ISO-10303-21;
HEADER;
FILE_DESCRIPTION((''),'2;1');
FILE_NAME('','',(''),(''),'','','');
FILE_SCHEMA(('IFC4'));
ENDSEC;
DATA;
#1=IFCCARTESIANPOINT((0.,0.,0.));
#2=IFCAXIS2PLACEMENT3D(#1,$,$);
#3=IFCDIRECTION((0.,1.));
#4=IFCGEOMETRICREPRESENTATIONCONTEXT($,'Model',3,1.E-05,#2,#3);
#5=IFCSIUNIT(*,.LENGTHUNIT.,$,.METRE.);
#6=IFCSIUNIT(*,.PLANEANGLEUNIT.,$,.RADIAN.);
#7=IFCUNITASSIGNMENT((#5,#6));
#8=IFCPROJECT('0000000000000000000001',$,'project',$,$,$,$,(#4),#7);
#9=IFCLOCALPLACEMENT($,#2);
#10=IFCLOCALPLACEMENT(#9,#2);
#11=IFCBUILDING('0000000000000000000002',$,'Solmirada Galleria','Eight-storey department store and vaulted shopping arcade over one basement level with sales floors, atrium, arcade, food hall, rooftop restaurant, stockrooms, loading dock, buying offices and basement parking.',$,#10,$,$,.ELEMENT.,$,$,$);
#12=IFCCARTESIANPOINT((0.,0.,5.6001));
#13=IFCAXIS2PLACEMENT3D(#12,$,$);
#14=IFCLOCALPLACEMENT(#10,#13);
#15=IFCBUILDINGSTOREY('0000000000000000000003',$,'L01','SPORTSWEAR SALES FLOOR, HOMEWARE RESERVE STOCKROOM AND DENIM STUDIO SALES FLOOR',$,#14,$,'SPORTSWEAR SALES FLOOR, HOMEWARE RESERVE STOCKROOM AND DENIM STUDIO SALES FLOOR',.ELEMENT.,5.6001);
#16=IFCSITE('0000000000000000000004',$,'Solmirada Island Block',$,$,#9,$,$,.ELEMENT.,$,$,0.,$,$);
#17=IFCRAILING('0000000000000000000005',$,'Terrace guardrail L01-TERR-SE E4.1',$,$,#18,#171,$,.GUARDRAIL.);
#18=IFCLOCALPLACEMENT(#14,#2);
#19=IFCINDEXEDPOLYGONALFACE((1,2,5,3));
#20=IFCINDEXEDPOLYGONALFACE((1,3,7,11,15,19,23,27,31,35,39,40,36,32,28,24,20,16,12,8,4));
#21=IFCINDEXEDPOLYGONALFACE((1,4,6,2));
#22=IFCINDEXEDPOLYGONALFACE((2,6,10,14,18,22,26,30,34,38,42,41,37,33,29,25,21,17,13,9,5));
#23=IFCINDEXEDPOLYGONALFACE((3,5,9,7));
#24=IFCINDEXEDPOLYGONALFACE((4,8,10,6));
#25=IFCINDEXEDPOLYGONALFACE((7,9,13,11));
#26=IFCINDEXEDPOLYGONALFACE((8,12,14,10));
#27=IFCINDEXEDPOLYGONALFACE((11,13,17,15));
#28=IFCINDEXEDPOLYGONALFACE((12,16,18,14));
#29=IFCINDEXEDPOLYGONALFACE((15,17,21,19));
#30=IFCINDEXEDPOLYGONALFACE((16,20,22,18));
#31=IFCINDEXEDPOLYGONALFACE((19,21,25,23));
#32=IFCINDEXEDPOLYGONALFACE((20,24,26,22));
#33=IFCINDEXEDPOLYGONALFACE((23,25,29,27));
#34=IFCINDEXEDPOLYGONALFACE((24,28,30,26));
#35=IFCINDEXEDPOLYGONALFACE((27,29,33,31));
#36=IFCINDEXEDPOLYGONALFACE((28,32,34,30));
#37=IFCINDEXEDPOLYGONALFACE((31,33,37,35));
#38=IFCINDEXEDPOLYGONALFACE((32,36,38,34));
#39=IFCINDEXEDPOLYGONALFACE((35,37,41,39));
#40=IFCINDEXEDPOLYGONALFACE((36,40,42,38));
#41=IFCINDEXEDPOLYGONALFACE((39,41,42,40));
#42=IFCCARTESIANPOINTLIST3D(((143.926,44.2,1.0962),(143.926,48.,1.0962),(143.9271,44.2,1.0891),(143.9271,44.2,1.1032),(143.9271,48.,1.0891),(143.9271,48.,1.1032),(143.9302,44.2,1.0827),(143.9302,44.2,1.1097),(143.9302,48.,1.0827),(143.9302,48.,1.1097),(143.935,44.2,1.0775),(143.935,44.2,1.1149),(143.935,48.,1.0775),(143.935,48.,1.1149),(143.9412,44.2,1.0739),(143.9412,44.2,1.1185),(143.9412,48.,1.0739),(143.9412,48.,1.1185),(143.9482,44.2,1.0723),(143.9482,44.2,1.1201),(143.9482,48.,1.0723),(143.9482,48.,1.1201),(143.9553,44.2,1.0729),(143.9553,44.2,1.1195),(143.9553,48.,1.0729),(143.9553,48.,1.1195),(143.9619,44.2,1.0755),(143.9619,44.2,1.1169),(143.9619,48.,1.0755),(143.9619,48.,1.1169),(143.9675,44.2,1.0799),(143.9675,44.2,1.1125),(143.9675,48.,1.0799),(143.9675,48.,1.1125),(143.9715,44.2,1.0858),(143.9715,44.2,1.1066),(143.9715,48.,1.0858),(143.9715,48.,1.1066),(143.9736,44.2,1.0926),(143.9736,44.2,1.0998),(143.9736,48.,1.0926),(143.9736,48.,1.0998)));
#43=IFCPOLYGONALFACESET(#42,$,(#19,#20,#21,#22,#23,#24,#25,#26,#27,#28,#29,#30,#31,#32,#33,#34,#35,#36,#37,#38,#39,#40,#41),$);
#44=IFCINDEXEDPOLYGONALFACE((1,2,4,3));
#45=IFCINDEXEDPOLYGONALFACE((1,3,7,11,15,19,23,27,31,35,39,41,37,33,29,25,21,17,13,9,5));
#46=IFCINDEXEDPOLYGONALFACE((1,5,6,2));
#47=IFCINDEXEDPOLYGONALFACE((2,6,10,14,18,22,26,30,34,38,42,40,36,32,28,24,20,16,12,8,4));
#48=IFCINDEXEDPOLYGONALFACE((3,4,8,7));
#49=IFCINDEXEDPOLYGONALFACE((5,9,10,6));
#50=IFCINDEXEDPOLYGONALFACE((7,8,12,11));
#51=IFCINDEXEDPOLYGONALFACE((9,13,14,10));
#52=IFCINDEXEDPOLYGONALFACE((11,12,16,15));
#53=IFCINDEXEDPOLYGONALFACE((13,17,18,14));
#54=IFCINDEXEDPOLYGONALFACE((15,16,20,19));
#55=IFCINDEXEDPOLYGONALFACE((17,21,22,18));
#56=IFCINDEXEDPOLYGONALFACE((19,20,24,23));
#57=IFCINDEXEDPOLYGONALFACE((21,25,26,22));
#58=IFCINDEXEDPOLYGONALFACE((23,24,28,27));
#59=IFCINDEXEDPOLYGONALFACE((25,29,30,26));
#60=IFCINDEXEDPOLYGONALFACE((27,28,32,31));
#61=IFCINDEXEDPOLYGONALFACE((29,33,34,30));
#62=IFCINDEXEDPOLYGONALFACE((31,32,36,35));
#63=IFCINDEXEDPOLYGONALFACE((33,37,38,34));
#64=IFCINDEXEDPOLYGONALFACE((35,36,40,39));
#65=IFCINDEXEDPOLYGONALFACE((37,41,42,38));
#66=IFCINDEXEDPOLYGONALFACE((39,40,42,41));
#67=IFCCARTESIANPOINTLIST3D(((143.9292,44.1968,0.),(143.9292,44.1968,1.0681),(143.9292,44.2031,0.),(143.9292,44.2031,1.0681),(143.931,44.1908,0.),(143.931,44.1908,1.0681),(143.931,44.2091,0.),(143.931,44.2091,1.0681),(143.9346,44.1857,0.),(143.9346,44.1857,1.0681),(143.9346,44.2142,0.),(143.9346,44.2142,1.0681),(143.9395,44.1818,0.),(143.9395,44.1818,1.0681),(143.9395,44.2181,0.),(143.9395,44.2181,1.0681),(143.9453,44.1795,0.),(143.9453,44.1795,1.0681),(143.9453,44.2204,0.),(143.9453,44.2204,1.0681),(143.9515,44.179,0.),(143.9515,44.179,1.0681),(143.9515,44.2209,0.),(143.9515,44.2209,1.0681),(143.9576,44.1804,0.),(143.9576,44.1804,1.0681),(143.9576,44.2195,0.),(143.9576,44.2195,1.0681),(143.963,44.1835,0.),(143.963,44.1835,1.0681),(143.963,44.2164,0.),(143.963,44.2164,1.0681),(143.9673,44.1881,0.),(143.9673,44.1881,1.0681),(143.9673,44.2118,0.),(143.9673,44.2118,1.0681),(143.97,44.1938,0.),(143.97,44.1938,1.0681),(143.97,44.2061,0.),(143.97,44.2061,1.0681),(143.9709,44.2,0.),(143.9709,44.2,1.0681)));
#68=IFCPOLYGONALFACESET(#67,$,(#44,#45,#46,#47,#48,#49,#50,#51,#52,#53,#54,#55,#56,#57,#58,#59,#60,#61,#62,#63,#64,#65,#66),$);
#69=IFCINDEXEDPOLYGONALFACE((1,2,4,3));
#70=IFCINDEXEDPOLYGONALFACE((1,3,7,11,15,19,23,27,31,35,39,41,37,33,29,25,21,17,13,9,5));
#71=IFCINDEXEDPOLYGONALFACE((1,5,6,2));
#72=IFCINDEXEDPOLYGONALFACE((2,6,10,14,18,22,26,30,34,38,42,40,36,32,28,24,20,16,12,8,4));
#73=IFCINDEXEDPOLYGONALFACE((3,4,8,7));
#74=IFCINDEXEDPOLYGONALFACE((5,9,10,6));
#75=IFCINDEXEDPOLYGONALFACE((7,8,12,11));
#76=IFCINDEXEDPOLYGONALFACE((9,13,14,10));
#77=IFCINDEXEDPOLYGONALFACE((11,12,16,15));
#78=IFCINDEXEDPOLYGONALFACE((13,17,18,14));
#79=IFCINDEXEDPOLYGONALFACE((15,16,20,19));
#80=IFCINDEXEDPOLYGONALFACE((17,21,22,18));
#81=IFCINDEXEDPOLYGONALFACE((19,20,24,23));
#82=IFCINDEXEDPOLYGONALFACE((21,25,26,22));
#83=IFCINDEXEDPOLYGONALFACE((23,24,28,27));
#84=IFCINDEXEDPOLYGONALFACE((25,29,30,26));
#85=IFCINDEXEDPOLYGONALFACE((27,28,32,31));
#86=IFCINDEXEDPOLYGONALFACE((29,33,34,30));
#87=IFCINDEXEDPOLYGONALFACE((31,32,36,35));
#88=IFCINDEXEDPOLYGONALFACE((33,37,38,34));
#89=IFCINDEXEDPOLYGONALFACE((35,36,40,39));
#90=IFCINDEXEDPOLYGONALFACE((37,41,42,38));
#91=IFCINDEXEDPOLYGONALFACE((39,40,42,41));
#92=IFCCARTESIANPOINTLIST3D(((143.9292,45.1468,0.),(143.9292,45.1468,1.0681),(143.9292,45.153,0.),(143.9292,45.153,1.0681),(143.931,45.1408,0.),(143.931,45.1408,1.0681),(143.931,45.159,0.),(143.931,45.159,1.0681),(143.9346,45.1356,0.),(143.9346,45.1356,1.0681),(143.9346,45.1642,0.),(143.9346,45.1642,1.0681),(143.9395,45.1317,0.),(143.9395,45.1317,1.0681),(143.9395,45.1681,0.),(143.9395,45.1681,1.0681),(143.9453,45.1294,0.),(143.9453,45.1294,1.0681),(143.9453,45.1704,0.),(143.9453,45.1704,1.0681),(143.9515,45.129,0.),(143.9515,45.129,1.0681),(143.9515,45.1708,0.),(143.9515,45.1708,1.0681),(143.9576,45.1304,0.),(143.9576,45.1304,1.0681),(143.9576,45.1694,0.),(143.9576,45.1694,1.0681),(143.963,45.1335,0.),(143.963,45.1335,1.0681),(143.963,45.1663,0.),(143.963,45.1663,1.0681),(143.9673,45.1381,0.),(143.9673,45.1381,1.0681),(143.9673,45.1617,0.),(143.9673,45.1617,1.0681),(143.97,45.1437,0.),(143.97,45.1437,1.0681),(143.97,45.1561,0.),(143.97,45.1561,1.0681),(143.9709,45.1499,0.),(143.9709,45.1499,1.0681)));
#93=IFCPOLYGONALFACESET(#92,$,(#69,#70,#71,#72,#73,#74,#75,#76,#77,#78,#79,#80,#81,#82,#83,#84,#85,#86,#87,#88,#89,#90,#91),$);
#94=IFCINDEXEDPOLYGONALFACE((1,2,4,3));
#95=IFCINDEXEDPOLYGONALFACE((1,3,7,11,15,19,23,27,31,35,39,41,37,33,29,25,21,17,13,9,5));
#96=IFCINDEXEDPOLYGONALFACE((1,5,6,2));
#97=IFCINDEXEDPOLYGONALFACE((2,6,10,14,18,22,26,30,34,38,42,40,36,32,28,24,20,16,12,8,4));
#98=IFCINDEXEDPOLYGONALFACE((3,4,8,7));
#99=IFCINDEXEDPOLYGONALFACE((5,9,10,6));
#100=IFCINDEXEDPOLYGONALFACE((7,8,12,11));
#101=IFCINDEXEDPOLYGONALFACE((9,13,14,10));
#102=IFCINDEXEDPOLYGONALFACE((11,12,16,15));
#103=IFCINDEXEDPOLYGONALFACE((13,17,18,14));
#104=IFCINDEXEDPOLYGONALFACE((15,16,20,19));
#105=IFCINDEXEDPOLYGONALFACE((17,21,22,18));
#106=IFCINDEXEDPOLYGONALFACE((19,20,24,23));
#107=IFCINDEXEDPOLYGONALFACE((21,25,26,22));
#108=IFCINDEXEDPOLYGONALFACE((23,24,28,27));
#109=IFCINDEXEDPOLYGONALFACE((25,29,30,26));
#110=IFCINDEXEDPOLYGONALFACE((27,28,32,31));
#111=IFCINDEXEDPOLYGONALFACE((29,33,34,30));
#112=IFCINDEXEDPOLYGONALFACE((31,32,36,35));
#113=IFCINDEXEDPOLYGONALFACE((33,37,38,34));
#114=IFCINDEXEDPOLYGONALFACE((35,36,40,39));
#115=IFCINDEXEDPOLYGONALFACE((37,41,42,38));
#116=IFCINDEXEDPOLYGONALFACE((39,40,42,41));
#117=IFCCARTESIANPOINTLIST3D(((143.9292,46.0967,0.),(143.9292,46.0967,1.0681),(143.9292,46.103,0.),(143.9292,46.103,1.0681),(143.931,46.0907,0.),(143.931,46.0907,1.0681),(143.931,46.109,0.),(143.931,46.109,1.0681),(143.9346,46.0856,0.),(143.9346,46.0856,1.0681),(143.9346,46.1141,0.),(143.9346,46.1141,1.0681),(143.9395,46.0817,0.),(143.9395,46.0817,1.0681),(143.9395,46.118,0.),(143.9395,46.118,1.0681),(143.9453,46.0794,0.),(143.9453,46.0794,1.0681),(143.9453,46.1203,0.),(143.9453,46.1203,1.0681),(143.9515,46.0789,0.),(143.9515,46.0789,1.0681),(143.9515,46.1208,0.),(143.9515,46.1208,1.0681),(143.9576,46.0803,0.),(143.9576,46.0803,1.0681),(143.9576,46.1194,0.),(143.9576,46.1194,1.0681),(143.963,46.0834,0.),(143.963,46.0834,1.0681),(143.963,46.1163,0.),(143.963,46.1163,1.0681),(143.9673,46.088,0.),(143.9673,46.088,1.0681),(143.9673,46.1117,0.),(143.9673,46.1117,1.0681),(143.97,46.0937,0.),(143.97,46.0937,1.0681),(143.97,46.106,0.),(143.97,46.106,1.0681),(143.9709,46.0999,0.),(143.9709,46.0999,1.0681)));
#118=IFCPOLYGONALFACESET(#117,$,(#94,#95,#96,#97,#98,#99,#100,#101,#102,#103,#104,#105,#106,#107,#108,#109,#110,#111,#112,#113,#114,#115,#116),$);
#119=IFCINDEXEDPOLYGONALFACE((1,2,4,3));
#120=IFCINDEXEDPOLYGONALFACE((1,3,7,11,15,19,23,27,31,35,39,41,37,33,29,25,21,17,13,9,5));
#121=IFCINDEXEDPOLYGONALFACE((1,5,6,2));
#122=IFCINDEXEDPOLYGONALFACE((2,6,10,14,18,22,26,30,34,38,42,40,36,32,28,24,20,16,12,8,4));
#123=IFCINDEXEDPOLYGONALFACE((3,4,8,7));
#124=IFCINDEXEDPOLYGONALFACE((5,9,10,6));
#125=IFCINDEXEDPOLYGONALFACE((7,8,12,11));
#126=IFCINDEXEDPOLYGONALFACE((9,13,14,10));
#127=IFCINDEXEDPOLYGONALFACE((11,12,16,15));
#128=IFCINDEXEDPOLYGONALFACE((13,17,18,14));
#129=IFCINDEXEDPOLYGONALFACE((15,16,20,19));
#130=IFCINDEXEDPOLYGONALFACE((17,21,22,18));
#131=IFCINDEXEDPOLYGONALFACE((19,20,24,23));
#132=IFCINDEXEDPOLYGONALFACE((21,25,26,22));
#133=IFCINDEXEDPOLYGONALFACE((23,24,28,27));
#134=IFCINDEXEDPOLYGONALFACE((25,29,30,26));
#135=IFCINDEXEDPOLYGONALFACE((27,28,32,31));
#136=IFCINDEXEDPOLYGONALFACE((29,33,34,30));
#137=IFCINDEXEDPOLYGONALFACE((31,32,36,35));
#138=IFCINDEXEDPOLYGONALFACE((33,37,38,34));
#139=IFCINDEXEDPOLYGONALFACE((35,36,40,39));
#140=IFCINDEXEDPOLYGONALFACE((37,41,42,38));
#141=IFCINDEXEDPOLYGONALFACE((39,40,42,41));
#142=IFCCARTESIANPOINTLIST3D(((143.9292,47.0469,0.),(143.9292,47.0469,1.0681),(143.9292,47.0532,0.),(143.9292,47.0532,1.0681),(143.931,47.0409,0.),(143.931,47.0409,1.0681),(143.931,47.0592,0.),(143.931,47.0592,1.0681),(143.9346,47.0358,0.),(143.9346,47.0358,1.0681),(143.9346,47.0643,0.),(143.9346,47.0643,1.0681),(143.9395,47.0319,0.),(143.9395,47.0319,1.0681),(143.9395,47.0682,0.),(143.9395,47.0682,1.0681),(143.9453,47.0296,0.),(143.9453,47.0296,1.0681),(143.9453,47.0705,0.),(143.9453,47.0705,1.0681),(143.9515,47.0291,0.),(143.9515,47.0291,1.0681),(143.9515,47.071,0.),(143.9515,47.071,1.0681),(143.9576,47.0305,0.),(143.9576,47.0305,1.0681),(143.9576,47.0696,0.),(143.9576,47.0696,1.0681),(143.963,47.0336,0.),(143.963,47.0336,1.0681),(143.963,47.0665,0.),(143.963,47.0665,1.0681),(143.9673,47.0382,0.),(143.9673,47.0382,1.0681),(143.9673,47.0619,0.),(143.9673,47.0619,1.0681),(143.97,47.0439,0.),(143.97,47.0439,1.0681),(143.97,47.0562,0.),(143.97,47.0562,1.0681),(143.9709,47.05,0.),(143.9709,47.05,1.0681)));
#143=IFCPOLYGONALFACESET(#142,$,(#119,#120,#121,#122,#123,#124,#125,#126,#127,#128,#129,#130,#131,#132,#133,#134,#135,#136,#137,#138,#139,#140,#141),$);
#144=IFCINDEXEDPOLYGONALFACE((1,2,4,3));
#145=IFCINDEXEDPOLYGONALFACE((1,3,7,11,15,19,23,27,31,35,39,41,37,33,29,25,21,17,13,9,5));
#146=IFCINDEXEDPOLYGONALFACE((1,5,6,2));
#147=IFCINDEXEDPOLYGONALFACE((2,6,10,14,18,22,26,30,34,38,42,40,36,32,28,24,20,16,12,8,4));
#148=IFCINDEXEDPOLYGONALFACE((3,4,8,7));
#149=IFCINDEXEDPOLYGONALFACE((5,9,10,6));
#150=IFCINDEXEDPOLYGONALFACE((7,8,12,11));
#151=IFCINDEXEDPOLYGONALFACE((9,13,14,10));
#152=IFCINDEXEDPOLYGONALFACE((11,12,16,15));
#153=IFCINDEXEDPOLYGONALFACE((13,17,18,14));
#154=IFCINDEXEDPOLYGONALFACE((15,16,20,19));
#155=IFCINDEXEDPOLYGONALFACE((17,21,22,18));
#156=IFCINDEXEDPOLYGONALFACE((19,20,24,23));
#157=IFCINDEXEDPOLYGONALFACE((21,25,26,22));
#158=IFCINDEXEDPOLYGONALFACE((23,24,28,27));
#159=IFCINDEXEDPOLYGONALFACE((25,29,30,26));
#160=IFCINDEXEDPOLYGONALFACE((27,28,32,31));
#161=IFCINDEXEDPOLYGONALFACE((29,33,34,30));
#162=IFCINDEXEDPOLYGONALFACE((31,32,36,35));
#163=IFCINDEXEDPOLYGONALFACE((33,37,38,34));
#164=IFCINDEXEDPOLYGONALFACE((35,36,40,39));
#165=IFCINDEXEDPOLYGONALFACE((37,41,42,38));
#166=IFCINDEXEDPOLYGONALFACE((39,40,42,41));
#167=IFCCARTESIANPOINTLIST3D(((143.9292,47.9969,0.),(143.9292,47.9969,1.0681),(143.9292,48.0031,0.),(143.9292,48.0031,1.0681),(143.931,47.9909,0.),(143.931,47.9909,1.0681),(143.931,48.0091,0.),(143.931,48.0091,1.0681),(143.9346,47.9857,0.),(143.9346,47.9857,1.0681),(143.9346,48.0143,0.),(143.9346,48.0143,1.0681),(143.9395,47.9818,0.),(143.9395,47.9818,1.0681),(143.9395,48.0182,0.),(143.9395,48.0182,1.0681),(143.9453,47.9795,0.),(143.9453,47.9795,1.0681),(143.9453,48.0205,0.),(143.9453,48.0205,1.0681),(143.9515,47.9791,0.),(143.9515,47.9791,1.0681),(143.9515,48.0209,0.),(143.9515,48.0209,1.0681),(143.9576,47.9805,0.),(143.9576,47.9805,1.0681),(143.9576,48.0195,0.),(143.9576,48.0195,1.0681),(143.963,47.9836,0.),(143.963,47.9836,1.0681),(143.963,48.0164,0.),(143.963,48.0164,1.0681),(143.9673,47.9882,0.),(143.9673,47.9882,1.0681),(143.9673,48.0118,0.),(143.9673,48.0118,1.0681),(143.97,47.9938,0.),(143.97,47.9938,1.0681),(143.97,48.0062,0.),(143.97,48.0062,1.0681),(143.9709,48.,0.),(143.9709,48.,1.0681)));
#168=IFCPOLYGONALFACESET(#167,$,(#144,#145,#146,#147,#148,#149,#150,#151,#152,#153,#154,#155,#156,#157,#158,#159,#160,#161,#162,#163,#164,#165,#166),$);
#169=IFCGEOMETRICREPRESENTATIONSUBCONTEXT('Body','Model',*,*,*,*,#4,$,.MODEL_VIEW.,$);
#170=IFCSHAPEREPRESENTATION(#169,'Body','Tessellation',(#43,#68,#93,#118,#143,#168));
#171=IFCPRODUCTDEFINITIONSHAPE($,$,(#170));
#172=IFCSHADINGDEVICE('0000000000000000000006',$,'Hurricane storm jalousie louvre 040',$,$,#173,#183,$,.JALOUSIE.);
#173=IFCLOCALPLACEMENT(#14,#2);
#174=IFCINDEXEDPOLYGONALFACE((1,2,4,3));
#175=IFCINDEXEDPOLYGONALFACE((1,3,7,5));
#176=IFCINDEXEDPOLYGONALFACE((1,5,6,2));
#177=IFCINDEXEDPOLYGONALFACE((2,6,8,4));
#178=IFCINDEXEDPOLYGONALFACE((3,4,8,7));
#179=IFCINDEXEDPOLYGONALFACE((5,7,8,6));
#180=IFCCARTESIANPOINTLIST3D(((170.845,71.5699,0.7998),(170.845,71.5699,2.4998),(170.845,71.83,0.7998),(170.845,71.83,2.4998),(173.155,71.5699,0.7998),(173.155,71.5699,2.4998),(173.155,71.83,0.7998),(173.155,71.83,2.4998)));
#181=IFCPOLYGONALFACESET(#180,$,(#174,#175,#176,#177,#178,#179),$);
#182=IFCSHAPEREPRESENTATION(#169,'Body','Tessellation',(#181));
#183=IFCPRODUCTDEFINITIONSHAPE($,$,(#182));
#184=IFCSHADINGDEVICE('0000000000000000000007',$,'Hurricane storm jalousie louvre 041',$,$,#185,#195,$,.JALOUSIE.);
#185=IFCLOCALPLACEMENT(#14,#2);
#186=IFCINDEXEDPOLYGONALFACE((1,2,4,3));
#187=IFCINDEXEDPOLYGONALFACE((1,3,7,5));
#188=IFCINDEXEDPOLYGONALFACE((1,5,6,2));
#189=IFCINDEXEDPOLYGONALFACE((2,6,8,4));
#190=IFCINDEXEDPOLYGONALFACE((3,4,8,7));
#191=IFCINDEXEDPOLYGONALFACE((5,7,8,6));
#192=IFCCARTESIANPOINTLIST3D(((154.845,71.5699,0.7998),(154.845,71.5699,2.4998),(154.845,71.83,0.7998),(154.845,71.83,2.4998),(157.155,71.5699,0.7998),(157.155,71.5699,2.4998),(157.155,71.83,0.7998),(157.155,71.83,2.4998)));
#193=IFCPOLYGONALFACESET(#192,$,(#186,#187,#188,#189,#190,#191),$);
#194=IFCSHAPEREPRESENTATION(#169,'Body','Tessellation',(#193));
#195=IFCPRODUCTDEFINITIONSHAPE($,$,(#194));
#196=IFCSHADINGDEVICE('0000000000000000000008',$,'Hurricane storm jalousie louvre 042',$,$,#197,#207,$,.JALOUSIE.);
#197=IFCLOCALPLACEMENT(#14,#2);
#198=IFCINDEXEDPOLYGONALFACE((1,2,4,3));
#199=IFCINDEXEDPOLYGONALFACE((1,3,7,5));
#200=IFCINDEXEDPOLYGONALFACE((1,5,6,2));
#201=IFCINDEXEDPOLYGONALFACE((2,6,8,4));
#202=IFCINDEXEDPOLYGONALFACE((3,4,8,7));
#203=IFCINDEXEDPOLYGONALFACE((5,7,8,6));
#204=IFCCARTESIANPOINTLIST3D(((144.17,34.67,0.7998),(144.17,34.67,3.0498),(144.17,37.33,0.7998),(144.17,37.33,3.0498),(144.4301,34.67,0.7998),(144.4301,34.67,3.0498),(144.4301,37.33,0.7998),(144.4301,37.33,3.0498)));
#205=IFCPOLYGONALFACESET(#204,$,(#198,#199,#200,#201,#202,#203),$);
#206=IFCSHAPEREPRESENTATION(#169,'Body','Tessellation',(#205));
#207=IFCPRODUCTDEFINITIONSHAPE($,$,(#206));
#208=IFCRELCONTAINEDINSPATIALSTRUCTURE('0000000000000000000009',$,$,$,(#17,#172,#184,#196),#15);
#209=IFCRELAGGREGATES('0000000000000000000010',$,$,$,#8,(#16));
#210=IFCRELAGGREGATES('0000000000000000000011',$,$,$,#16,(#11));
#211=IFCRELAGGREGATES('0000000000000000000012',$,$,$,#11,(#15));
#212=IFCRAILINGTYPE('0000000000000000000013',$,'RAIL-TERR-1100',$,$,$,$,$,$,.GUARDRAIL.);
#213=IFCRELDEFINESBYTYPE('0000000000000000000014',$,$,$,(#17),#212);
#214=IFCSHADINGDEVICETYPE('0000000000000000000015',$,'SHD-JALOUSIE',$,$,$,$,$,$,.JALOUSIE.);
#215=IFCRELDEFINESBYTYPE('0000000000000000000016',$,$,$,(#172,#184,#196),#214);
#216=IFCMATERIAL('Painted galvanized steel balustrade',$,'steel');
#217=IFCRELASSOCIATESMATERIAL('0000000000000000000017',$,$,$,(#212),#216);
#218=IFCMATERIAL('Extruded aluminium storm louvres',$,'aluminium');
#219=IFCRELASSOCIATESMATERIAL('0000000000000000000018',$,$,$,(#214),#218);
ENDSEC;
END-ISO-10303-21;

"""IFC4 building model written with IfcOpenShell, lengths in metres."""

from ifc_helpers import new_model, si_unit, direction, frame, origin, origin_2d, place, context, subcontext, project, spatial, rectangle, circle, extrude, material, type_object, element, save


model = new_model("IFC4")

# Units and contexts
model_context = context("Model", 3, precision=1e-05, world=origin(), true_north=direction((0.0, 1.0)))
body_context = subcontext(model_context, "Body", "Model", "MODEL_VIEW")
ifc_project = project(units=[si_unit("LENGTHUNIT", "METRE"), si_unit("PLANEANGLEUNIT", "RADIAN")], contexts=[model_context])

# Site, building, storey
site_placement = place(None, origin())
site = spatial("IfcSite", under=ifc_project, at=site_placement, Name="Solmirada Island Block", CompositionType="ELEMENT", RefElevation=0.0)
building_placement = place(site_placement, origin())
building = spatial("IfcBuilding", under=site, at=building_placement, Name="Solmirada Galleria", Description="Eight-storey department store and vaulted shopping arcade over one basement level with sales floors, atrium, arcade, food hall, rooftop restaurant, stockrooms, loading dock, buying offices and basement parking.", CompositionType="ELEMENT")
storey_placement = place(building_placement, frame((0.0, 0.0, 5.6001)))
storey = spatial("IfcBuildingStorey", under=building, at=storey_placement, Name="L01", Description="SPORTSWEAR SALES FLOOR, HOMEWARE RESERVE STOCKROOM AND DENIM STUDIO SALES FLOOR", LongName="SPORTSWEAR SALES FLOOR, HOMEWARE RESERVE STOCKROOM AND DENIM STUDIO SALES FLOOR", CompositionType="ELEMENT", Elevation=5.6001)

# Railing
ifc_material_1 = material(Name="Painted galvanized steel balustrade", Category="steel")
railing_type = type_object("IfcRailingType", Name="RAIL-TERR-1100", PredefinedType="GUARDRAIL", material=ifc_material_1)
railing_1_placement = place(storey_placement, frame((143.95, 44.2, 0.0)))
element("IfcRailing", 1, at=railing_1_placement, inside=storey, type_object=railing_type, Name="Terrace guardrail L01-TERR-SE E4.1", PredefinedType="GUARDRAIL", context=body_context, shape_type="SweptSolid", body=[
    extrude(circle(Radius=0.0239, at=origin_2d()), frame((0.0, 0.0, 1.0962), z_axis=(0.0, 1.0, 0.0), x_axis=(-1.0, 0.0, 0.0)), (0.0, 0.0, 1.0), 3.8),
    extrude(circle(Radius=0.021, at=origin_2d()), origin(), (0.0, 0.0, 1.0), 1.0681),
    extrude(circle(Radius=0.021, at=origin_2d()), frame((0.0, 0.95, 0.0)), (0.0, 0.0, 1.0), 1.0681),
    extrude(circle(Radius=0.021, at=origin_2d()), frame((0.0, 1.8999, 0.0)), (0.0, 0.0, 1.0), 1.0681),
    extrude(circle(Radius=0.021, at=origin_2d()), frame((0.0, 2.8501, 0.0)), (0.0, 0.0, 1.0), 1.0681),
    extrude(circle(Radius=0.021, at=origin_2d()), frame((0.0, 3.8, 0.0)), (0.0, 0.0, 1.0), 1.0681),
])

# Shading devices
ifc_material_2 = material(Name="Extruded aluminium storm louvres", Category="aluminium")
shading_device_type = type_object("IfcShadingDeviceType", Name="SHD-JALOUSIE", PredefinedType="JALOUSIE", material=ifc_material_2)
for number, where, z_axis, x_axis, name in (
    (2, (172.0, 71.7, 0.7998), (0.0, 0.0, 1.0), (-1.0, 0.0, 0.0), "Hurricane storm jalousie louvre 040"),
    (3, (156.0, 71.7, 0.7998), (0.0, 0.0, 1.0), (-1.0, 0.0, 0.0), "Hurricane storm jalousie louvre 041"),
):
    element("IfcShadingDevice", number, at=place(storey_placement, frame(where, z_axis=z_axis, x_axis=x_axis)), inside=storey, type_object=shading_device_type, Name=name, PredefinedType="JALOUSIE", context=body_context, shape_type="SweptSolid", body=[
        extrude(rectangle(XDim=2.3101, YDim=0.26, at=origin_2d()), origin(), (0.0, 0.0, 1.0), 1.7),
    ])
shading_device_placement = place(storey_placement, frame((144.3, 36.0, 0.7998), z_axis=(0.0, 0.0, 1.0), x_axis=(0.0, -1.0, 0.0)))
element("IfcShadingDevice", 4, at=shading_device_placement, inside=storey, type_object=shading_device_type, Name="Hurricane storm jalousie louvre 042", PredefinedType="JALOUSIE", context=body_context, shape_type="SweptSolid", body=[
    extrude(rectangle(XDim=2.6599, YDim=0.26, at=origin_2d()), origin(), (0.0, 0.0, 1.0), 2.25),
])

save(model, "model.ifc")
